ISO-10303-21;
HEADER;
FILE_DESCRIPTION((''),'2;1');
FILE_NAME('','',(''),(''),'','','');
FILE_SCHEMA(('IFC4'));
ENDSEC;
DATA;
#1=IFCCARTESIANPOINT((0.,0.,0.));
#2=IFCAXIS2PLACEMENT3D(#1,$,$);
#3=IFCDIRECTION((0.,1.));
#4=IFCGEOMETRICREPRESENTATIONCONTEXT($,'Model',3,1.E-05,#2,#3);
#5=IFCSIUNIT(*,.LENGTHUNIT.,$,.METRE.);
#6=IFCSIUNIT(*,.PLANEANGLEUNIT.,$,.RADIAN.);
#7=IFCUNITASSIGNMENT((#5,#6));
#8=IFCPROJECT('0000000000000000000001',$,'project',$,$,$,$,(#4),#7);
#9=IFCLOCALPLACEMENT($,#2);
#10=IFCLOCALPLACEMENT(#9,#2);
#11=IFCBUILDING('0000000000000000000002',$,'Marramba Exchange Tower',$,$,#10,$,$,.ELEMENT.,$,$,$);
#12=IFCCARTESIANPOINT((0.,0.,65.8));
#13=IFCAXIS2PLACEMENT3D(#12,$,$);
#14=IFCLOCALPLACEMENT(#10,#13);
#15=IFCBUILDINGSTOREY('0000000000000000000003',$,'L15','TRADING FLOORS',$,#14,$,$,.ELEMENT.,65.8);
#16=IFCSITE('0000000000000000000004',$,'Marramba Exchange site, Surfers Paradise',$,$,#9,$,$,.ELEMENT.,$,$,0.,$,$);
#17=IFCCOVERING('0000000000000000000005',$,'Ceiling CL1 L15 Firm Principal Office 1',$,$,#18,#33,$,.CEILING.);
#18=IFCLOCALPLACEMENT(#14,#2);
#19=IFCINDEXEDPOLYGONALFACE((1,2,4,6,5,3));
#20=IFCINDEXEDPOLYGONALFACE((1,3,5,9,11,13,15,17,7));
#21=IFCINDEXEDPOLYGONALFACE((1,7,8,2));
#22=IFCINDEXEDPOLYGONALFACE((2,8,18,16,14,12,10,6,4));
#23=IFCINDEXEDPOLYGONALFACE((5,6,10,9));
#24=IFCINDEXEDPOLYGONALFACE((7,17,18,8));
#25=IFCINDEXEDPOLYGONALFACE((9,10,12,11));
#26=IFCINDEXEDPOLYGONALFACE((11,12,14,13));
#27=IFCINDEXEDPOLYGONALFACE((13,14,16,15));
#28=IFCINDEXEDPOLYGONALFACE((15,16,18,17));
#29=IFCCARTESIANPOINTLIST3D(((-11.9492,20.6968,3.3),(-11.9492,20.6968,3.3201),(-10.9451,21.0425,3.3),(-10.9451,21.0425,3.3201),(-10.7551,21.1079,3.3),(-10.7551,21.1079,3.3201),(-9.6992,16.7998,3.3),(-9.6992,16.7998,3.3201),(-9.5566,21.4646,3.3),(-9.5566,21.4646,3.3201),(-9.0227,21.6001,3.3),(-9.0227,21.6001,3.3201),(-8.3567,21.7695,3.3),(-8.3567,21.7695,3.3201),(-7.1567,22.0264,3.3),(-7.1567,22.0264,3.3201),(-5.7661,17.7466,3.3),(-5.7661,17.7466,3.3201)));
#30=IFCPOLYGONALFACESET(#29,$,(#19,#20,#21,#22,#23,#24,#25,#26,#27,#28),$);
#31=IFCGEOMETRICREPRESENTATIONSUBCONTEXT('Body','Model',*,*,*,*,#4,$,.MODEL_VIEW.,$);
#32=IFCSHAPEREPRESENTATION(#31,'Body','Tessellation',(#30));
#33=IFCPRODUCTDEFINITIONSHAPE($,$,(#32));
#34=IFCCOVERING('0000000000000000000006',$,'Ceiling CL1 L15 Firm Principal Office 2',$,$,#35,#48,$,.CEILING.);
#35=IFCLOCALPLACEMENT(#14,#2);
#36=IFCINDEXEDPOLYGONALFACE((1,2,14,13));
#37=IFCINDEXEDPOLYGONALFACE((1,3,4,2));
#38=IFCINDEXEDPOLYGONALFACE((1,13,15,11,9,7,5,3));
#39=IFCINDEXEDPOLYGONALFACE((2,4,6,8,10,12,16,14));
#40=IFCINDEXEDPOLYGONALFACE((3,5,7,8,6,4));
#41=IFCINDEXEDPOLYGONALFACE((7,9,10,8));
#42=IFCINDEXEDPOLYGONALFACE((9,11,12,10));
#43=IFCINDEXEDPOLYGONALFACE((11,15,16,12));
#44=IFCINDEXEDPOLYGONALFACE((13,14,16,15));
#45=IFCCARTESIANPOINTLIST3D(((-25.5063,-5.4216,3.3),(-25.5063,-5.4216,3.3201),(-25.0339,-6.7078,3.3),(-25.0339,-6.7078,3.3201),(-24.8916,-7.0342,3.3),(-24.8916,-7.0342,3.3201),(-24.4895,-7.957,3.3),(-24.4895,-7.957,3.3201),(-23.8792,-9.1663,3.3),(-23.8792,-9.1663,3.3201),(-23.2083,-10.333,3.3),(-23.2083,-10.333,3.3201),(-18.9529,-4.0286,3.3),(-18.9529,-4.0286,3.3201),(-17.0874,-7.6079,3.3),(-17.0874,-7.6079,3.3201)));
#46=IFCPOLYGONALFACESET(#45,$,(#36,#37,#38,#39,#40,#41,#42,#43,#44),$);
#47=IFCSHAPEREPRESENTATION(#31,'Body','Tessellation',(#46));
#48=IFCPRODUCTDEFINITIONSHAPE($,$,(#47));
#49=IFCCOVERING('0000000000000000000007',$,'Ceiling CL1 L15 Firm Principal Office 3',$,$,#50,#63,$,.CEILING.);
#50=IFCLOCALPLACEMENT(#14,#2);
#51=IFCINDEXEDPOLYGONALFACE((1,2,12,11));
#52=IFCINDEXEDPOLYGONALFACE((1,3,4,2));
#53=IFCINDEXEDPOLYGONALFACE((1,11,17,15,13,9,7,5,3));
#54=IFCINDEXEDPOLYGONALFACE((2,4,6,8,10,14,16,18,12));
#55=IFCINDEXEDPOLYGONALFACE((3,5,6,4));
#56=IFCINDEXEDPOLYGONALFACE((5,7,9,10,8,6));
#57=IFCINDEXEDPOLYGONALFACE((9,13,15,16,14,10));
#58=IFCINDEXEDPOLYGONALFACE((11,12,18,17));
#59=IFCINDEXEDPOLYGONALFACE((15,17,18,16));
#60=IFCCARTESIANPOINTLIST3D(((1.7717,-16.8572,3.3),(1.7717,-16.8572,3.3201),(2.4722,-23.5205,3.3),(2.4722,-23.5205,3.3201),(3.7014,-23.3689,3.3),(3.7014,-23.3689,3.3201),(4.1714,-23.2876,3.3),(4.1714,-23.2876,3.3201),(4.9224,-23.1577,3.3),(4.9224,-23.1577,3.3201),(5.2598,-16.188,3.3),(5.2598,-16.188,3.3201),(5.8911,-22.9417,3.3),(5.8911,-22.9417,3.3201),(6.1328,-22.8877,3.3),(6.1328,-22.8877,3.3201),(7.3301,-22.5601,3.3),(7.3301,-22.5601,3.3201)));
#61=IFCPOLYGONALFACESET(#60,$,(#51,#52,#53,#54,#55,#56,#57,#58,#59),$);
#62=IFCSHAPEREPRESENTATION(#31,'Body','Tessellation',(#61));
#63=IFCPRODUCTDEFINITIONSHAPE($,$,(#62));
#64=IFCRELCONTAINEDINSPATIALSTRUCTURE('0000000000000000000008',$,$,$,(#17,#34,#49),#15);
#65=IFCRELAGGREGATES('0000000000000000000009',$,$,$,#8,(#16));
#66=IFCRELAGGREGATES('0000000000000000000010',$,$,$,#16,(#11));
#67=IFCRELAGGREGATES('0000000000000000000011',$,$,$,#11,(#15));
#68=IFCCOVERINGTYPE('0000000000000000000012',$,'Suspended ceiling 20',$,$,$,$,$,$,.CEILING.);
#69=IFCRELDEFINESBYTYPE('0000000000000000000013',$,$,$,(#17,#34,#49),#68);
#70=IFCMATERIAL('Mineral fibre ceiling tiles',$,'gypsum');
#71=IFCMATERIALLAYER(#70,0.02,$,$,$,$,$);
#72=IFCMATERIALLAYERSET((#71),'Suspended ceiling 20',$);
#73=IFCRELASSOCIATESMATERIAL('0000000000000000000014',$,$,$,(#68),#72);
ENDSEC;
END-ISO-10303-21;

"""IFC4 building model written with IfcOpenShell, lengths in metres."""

from ifc_helpers import new_model, si_unit, direction, frame, origin, place, context, subcontext, project, spatial, polyline, outline, extrude, material, layer, layer_set, type_object, element, save


model = new_model("IFC4")

# Units and contexts
model_context = context("Model", 3, precision=1e-05, world=origin(), true_north=direction((0.0, 1.0)))
body_context = subcontext(model_context, "Body", "Model", "MODEL_VIEW")
ifc_project = project(units=[si_unit("LENGTHUNIT", "METRE"), si_unit("PLANEANGLEUNIT", "RADIAN")], contexts=[model_context])

# Site, building, storey
site_placement = place(None, origin())
site = spatial("IfcSite", under=ifc_project, at=site_placement, Name="Marramba Exchange site, Surfers Paradise", CompositionType="ELEMENT", RefElevation=0.0)
building_placement = place(site_placement, origin())
building = spatial("IfcBuilding", under=site, at=building_placement, Name="Marramba Exchange Tower", CompositionType="ELEMENT")
storey_placement = place(building_placement, frame((0.0, 0.0, 65.8)))
storey = spatial("IfcBuildingStorey", under=building, at=storey_placement, Name="L15", Description="TRADING FLOORS", CompositionType="ELEMENT", Elevation=65.8)

# Coverings
ifc_material_1 = material(Name="Mineral fibre ceiling tiles", Category="gypsum")
ifc_layer_1 = layer(ifc_material_1, 0.02)
ifc_layer_set_1 = layer_set([ifc_layer_1], Name="Suspended ceiling 20")
covering_type_1 = type_object("IfcCoveringType", Name="Suspended ceiling 20", PredefinedType="CEILING", material=ifc_layer_set_1)
covering_1_placement = place(storey_placement, frame((0.0, 0.0, 3.3)))
element("IfcCovering", 1, at=covering_1_placement, inside=storey, type_object=covering_type_1, Name="Ceiling CL1 L15 Firm Principal Office 1", PredefinedType="CEILING", context=body_context, shape_type="SweptSolid", body=[
    extrude(outline(polyline([(-10.9451, 21.0425), (-10.7551, 21.1079), (-9.5566, 21.4646), (-9.0227, 21.6001), (-8.3567, 21.7695), (-7.1567, 22.0264), (-5.7661, 17.7466), (-9.6992, 16.7998), (-11.9492, 20.6968), (-10.9451, 21.0425)])), origin(), (0.0, 0.0, 1.0), 0.02),
])
covering_2_placement = place(storey_placement, frame((0.0, 0.0, 3.3)))
element("IfcCovering", 2, at=covering_2_placement, inside=storey, type_object=covering_type_1, Name="Ceiling CL1 L15 Firm Principal Office 2", PredefinedType="CEILING", context=body_context, shape_type="SweptSolid", body=[
    extrude(outline(polyline([(-23.8792, -9.1663), (-24.4895, -7.957), (-24.8916, -7.0342), (-25.0339, -6.7078), (-25.5063, -5.4216), (-18.9529, -4.0286), (-17.0874, -7.6079), (-23.2083, -10.333), (-23.8792, -9.1663)])), origin(), (0.0, 0.0, 1.0), 0.02),
])
covering_3_placement = place(storey_placement, frame((0.0, 0.0, 3.3)))
element("IfcCovering", 3, at=covering_3_placement, inside=storey, type_object=covering_type_1, Name="Ceiling CL1 L15 Firm Principal Office 3", PredefinedType="CEILING", context=body_context, shape_type="SweptSolid", body=[
    extrude(outline(polyline([(6.1328, -22.8877), (5.8911, -22.9417), (4.9224, -23.1577), (4.1714, -23.2876), (3.7014, -23.3689), (2.4722, -23.5205), (1.7717, -16.8572), (5.2598, -16.188), (7.3301, -22.5601), (6.1328, -22.8877)])), origin(), (0.0, 0.0, 1.0), 0.02),
])

save(model, "model.ifc")
